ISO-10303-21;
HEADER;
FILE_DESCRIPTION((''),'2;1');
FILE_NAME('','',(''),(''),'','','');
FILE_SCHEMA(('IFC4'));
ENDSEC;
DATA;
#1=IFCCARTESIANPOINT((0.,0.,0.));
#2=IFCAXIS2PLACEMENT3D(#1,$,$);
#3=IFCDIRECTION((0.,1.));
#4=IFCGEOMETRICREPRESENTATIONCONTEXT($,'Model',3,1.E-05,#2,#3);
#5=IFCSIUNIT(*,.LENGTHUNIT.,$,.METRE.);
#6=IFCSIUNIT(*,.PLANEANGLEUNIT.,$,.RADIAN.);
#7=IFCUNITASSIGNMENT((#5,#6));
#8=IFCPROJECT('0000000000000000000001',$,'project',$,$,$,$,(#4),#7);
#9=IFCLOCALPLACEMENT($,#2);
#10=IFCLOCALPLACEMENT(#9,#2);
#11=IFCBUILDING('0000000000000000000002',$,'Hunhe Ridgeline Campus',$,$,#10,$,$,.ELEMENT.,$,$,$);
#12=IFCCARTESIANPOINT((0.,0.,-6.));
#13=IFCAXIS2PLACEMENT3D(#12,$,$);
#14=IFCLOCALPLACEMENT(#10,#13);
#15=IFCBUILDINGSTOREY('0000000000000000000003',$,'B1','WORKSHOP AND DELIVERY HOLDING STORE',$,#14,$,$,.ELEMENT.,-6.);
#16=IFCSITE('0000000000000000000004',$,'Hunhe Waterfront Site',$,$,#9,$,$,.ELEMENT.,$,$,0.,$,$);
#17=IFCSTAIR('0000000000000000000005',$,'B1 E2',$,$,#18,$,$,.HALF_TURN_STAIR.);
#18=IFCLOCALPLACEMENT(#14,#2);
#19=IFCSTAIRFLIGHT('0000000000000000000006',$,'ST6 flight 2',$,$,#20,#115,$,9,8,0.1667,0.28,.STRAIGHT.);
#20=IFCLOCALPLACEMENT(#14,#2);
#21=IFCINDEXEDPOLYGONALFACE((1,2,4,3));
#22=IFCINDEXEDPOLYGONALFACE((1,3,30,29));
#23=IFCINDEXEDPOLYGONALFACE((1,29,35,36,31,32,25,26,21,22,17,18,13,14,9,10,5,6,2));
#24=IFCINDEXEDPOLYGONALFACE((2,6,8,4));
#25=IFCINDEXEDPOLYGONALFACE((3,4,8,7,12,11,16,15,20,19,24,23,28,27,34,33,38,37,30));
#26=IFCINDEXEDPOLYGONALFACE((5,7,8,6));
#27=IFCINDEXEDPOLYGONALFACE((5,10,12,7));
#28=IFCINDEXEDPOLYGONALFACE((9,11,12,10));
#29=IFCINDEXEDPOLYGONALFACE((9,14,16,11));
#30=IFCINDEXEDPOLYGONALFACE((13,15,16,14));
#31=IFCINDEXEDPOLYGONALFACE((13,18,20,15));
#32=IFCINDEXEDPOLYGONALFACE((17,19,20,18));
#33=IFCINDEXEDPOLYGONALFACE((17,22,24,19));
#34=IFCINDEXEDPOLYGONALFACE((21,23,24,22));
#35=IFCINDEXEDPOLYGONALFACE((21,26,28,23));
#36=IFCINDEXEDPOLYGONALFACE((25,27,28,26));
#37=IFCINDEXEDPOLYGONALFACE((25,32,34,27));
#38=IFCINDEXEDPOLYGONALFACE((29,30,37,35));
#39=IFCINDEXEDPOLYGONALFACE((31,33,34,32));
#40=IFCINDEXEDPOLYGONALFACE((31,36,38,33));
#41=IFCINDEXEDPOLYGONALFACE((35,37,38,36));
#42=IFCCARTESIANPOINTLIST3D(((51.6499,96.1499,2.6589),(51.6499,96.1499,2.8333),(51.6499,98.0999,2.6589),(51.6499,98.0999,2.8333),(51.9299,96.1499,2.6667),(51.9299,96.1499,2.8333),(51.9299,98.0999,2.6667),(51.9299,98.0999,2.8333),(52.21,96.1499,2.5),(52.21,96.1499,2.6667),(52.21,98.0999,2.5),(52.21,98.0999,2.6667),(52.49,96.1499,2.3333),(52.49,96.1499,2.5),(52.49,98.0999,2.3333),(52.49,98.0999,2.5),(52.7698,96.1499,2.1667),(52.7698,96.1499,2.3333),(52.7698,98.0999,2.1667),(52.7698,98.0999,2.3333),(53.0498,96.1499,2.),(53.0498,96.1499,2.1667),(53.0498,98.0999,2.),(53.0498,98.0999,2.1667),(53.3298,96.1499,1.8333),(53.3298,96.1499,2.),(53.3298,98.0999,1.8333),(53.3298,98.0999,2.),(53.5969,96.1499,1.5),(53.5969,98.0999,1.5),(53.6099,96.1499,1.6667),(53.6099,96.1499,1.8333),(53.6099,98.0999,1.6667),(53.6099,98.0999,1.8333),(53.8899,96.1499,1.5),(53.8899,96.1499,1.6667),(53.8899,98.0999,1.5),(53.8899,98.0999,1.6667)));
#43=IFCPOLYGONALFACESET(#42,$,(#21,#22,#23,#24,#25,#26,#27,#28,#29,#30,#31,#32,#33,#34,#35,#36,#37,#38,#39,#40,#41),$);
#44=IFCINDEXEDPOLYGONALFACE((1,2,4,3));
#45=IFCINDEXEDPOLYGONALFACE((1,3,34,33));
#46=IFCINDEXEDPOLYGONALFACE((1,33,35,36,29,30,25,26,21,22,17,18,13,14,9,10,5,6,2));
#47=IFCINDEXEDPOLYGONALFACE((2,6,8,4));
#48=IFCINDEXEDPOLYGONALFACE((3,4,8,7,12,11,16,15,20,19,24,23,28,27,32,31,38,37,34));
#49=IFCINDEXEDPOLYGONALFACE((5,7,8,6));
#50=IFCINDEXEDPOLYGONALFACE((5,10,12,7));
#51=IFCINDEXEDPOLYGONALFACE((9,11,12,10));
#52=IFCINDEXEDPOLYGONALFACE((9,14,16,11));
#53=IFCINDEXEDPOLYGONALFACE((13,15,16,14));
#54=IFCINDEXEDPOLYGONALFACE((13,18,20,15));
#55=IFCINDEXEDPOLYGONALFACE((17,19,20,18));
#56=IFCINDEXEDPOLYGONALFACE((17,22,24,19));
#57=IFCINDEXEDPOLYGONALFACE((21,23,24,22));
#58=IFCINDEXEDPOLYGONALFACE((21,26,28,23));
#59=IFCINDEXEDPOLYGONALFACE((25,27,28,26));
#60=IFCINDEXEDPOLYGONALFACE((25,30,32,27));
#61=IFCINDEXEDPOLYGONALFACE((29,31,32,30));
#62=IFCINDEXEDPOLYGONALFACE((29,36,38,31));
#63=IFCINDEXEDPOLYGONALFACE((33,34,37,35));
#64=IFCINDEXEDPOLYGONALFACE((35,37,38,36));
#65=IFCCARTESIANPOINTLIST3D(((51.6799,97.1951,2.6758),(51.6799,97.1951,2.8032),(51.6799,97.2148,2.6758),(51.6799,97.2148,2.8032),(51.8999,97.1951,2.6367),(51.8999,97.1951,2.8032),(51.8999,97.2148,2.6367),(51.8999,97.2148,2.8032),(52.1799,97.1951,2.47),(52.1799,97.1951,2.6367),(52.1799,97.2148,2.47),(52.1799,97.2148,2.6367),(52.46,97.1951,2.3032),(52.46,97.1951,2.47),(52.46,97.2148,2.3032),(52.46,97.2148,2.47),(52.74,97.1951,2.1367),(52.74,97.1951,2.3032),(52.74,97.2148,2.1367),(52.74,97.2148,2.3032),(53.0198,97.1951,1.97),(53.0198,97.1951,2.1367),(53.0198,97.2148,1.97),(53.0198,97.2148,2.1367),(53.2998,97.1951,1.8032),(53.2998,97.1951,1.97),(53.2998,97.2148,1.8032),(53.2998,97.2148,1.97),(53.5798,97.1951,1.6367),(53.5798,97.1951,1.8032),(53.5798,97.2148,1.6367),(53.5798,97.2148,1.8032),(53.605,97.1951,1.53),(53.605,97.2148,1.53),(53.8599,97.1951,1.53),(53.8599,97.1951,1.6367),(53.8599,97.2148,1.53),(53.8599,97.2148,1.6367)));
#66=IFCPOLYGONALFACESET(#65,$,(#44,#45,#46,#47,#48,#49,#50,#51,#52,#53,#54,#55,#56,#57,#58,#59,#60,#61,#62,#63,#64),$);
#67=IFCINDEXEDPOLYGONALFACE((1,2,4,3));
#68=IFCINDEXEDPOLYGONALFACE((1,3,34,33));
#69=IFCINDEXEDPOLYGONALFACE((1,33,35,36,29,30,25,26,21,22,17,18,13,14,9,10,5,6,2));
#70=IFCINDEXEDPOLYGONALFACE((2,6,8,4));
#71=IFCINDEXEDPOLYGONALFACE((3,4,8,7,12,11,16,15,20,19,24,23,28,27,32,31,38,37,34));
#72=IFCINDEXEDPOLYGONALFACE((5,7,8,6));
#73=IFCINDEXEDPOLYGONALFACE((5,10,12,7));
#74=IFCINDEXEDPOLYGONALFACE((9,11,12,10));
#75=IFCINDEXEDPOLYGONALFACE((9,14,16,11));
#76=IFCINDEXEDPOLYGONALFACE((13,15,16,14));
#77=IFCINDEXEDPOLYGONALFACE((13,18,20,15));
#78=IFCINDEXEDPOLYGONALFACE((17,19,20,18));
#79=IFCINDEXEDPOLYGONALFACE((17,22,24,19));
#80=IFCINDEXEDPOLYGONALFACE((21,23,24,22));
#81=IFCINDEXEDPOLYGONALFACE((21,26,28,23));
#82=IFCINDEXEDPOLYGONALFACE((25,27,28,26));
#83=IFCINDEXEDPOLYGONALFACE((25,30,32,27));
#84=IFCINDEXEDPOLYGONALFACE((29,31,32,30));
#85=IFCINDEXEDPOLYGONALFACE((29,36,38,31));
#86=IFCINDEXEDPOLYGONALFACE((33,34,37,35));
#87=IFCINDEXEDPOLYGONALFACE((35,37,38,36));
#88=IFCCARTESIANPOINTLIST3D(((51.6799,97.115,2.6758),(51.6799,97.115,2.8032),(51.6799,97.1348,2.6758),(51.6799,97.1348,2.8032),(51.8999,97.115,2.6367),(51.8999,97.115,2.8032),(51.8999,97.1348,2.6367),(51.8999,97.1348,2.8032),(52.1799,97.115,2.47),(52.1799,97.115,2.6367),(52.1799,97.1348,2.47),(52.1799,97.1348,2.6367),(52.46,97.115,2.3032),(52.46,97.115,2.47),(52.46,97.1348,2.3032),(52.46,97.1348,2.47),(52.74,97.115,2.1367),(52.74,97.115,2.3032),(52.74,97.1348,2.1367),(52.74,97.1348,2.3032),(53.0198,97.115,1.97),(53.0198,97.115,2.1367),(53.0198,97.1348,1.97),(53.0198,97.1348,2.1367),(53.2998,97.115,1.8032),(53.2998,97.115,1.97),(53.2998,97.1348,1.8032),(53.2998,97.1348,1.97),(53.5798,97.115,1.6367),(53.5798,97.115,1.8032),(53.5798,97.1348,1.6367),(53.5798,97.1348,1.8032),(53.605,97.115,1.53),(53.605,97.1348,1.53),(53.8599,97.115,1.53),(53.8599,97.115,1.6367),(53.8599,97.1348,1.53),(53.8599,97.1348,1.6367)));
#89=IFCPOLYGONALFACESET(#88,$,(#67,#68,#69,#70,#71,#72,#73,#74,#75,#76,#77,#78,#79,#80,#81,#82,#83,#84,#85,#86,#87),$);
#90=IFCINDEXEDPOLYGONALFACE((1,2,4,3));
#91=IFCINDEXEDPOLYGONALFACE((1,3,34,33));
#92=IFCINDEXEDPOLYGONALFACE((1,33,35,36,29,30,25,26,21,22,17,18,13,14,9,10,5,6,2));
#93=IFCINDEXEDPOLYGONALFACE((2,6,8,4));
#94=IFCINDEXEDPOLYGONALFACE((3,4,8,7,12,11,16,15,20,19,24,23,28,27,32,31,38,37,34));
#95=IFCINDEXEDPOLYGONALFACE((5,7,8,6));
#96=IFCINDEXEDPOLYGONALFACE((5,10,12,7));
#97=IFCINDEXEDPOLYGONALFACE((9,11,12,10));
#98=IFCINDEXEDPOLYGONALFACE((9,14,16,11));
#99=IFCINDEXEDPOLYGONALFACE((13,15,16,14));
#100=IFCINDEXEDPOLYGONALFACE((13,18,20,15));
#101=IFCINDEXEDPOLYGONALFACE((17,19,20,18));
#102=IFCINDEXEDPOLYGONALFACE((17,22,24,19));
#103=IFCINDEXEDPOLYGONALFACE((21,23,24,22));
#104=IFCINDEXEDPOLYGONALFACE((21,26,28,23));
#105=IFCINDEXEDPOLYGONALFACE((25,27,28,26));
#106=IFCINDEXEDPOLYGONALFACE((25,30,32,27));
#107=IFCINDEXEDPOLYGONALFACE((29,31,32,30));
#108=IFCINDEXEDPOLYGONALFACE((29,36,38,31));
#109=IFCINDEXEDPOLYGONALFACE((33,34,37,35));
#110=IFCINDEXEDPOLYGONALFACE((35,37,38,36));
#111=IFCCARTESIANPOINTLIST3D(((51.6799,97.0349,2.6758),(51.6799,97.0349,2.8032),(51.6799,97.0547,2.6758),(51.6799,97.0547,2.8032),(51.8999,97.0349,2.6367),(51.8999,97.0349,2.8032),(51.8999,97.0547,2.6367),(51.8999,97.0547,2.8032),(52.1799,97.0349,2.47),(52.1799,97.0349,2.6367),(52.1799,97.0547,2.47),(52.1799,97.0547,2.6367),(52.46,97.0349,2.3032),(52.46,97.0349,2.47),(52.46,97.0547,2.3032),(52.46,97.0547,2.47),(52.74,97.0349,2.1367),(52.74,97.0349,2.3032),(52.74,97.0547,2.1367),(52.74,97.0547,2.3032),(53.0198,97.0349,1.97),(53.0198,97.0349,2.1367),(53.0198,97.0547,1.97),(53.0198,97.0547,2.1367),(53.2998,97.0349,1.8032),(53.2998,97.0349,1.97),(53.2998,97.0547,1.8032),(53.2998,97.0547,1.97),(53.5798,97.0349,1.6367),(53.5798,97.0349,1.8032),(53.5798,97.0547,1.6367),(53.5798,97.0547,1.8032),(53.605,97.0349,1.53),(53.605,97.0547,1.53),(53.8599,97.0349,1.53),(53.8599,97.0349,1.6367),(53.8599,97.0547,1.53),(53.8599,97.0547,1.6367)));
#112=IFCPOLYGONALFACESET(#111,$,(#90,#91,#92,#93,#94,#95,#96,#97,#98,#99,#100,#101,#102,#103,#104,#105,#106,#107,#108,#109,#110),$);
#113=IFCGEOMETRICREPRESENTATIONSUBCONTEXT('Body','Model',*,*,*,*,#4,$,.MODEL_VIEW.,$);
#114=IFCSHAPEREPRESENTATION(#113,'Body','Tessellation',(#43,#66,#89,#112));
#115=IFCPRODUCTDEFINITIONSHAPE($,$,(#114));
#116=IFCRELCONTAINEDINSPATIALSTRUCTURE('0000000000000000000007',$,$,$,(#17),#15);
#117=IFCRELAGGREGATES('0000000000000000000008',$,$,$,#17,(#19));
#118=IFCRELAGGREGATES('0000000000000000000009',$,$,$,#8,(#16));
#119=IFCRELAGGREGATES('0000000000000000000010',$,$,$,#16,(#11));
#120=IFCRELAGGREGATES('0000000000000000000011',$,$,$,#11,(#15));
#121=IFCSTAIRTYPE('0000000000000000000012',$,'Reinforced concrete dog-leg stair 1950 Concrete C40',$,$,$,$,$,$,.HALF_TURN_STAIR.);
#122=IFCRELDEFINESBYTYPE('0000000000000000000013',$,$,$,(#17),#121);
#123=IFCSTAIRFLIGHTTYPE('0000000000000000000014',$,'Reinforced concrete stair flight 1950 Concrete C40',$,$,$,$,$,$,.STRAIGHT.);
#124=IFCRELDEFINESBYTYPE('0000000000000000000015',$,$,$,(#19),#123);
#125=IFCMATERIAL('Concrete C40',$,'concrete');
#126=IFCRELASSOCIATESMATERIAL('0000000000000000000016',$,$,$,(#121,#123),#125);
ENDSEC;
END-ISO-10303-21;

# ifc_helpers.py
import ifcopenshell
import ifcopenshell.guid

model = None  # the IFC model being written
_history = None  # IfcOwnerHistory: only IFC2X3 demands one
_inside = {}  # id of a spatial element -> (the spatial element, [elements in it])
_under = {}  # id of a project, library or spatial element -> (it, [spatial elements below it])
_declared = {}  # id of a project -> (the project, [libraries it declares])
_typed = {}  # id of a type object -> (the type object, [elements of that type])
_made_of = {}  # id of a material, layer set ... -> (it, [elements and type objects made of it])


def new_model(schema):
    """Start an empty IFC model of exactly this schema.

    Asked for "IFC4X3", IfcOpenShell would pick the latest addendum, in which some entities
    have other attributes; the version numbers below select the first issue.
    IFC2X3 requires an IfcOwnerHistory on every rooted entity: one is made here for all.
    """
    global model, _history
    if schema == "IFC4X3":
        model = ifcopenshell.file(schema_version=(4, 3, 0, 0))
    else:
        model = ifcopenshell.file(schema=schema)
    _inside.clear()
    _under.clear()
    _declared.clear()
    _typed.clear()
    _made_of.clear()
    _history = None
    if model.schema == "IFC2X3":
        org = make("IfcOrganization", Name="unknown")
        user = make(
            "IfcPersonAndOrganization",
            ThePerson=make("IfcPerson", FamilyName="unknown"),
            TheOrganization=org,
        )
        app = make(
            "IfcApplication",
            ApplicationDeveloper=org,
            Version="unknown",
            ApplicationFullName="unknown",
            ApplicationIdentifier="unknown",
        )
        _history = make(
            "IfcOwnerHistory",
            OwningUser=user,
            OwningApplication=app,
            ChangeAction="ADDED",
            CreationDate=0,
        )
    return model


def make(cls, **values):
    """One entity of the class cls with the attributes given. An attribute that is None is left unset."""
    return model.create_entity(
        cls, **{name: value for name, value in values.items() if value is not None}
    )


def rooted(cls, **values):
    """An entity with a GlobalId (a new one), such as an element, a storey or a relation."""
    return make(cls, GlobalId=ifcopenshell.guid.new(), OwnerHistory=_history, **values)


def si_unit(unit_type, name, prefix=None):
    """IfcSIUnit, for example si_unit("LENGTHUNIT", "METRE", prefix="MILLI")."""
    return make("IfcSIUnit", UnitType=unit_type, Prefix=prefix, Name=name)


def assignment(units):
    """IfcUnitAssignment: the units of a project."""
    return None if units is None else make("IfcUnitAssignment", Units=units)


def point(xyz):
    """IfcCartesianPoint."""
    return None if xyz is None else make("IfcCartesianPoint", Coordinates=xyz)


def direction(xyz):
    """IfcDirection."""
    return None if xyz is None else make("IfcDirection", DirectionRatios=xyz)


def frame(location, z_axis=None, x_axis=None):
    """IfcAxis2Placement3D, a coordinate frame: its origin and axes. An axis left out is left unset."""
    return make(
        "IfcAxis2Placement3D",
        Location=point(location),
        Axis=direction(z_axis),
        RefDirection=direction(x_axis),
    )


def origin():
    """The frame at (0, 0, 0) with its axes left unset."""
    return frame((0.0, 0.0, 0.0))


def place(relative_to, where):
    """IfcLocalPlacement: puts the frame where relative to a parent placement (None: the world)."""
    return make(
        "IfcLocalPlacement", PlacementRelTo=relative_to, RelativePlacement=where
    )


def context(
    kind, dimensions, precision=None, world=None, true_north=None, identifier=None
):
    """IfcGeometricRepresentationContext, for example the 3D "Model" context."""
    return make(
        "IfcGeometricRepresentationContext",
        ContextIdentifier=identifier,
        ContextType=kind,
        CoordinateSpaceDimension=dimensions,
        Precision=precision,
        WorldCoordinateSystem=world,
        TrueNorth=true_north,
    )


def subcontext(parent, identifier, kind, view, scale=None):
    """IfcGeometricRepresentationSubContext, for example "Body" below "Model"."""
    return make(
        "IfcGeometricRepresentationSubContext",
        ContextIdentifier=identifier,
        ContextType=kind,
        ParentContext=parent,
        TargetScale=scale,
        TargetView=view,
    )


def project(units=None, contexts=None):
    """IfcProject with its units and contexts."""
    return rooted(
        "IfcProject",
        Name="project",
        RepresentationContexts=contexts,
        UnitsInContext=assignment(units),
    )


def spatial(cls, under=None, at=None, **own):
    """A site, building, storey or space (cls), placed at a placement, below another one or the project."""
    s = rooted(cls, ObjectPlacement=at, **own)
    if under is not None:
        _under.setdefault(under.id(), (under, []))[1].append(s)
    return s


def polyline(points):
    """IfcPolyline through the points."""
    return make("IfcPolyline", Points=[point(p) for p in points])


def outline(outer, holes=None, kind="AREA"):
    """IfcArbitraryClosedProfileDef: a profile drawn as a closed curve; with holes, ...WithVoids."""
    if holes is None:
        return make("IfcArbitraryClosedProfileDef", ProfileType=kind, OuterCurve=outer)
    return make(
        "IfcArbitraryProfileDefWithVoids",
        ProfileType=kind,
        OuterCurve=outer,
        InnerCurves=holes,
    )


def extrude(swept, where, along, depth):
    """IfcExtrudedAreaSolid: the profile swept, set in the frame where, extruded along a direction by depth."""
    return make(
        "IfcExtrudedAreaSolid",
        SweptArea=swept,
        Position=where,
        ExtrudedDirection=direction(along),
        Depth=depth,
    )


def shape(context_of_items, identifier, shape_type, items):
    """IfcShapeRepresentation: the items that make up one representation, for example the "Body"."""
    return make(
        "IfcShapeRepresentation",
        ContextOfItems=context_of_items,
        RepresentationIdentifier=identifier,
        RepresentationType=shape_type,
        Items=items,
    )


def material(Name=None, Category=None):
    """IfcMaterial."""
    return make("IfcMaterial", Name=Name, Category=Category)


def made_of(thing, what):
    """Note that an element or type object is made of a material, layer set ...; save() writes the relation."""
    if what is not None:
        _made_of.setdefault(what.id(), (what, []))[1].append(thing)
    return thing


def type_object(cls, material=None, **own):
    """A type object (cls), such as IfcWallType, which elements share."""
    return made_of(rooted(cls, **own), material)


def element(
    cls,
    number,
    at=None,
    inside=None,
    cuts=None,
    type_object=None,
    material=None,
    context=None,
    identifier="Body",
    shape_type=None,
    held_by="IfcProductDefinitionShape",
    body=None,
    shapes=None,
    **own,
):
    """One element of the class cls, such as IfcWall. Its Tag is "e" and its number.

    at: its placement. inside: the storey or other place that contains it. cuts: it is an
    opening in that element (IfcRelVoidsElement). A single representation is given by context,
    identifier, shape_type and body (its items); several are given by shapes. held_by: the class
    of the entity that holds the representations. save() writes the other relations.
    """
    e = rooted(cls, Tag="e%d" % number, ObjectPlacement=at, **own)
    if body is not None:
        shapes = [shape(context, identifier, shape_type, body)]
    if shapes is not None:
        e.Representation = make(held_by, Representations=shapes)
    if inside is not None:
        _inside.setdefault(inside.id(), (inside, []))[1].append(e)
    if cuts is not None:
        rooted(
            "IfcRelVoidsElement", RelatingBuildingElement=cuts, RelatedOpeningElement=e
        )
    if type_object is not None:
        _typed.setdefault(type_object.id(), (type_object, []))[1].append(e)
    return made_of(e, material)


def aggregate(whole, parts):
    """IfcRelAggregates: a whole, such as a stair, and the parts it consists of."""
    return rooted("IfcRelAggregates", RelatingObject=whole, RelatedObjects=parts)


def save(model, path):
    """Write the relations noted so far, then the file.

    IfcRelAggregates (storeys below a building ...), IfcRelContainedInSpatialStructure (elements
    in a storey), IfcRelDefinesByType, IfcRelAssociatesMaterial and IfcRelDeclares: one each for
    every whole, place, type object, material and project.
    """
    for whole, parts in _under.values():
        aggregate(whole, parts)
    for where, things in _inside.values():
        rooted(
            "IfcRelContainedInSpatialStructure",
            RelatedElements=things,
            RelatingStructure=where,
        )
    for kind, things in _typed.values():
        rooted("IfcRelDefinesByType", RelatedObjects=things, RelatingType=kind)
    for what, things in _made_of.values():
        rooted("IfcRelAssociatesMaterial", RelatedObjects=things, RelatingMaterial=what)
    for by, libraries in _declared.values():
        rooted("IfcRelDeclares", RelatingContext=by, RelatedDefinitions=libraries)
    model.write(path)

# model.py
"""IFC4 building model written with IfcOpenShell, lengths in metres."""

from ifc_helpers import new_model, si_unit, direction, frame, origin, place, context, subcontext, project, spatial, polyline, outline, extrude, material, type_object, element, aggregate, save


model = new_model("IFC4")

# Units and contexts
model_context = context("Model", 3, precision=1e-05, world=origin(), true_north=direction((0.0, 1.0)))
body_context = subcontext(model_context, "Body", "Model", "MODEL_VIEW")
ifc_project = project(units=[si_unit("LENGTHUNIT", "METRE"), si_unit("PLANEANGLEUNIT", "RADIAN")], contexts=[model_context])

# Site, building, storey
site_placement = place(None, origin())
site = spatial("IfcSite", under=ifc_project, at=site_placement, Name="Hunhe Waterfront Site", CompositionType="ELEMENT", RefElevation=0.0)
building_placement = place(site_placement, origin())
building = spatial("IfcBuilding", under=site, at=building_placement, Name="Hunhe Ridgeline Campus", CompositionType="ELEMENT")
storey_placement = place(building_placement, frame((0.0, 0.0, -6.0)))
storey = spatial("IfcBuildingStorey", under=building, at=storey_placement, Name="B1", Description="WORKSHOP AND DELIVERY HOLDING STORE", CompositionType="ELEMENT", Elevation=-6.0)

# Stair, stair flight
ifc_material_1 = material(Name="Concrete C40", Category="concrete")
stair_type = type_object("IfcStairType", Name="Reinforced concrete dog-leg stair 1950 Concrete C40", PredefinedType="HALF_TURN_STAIR", material=ifc_material_1)
stair_flight_type = type_object("IfcStairFlightType", Name="Reinforced concrete stair flight 1950 Concrete C40", PredefinedType="STRAIGHT", material=ifc_material_1)
stair_1_placement = place(storey_placement, origin())
stair_1 = element("IfcStair", 1, at=stair_1_placement, inside=storey, type_object=stair_type, Name="B1 E2", PredefinedType="HALF_TURN_STAIR")
stair_flight_1_placement = place(storey_placement, frame((53.8899, 97.125, 1.5), z_axis=(0.0, 0.0, 1.0), x_axis=(-1.0, 0.0, 0.0)))
stair_flight_1 = element("IfcStairFlight", 2, at=stair_flight_1_placement, type_object=stair_flight_type, Name="ST6 flight 2", NumberOfRisers=9, NumberOfTreads=8, PredefinedType="STRAIGHT", RiserHeight=0.1667, TreadLength=0.28, context=body_context, shape_type="SweptSolid", body=[
    extrude(outline(polyline([(0.0, 0.0), (0.0, 0.1667), (0.28, 0.1667), (0.28, 0.3333), (0.5601, 0.3333), (0.5601, 0.5), (0.8401, 0.5), (0.8401, 0.6667), (1.1201, 0.6667), (1.1201, 0.8333), (1.3999, 0.8333), (1.3999, 1.0), (1.6799, 1.0), (1.6799, 1.1667), (1.96, 1.1667), (1.96, 1.3333), (2.24, 1.3333), (2.24, 1.5), (2.24, 1.1589), (0.293, 0.0), (0.0, 0.0)])), frame((0.0, 0.9751, 0.0), z_axis=(0.0, -1.0, 0.0), x_axis=(1.0, 0.0, 0.0)), (0.0, 0.0, 1.0), 1.95),
    extrude(outline(polyline([(0.03, 0.03), (0.03, 0.1367), (0.3101, 0.1367), (0.3101, 0.3032), (0.5901, 0.3032), (0.5901, 0.47), (0.8701, 0.47), (0.8701, 0.6367), (1.1499, 0.6367), (1.1499, 0.8032), (1.4299, 0.8032), (1.4299, 0.97), (1.71, 0.97), (1.71, 1.1367), (1.99, 1.1367), (1.99, 1.3032), (2.21, 1.3032), (2.21, 1.1758), (0.2849, 0.03), (0.03, 0.03)])), frame((0.0, -0.0701, 0.0), z_axis=(0.0, -1.0, 0.0), x_axis=(1.0, 0.0, 0.0)), (0.0, 0.0, 1.0), 0.0198),
    extrude(outline(polyline([(0.03, 0.03), (0.03, 0.1367), (0.3101, 0.1367), (0.3101, 0.3032), (0.5901, 0.3032), (0.5901, 0.47), (0.8701, 0.47), (0.8701, 0.6367), (1.1499, 0.6367), (1.1499, 0.8032), (1.4299, 0.8032), (1.4299, 0.97), (1.71, 0.97), (1.71, 1.1367), (1.99, 1.1367), (1.99, 1.3032), (2.21, 1.3032), (2.21, 1.1758), (0.2849, 0.03), (0.03, 0.03)])), frame((0.0, 0.01, 0.0), z_axis=(0.0, -1.0, 0.0), x_axis=(1.0, 0.0, 0.0)), (0.0, 0.0, 1.0), 0.0198),
    extrude(outline(polyline([(0.03, 0.03), (0.03, 0.1367), (0.3101, 0.1367), (0.3101, 0.3032), (0.5901, 0.3032), (0.5901, 0.47), (0.8701, 0.47), (0.8701, 0.6367), (1.1499, 0.6367), (1.1499, 0.8032), (1.4299, 0.8032), (1.4299, 0.97), (1.71, 0.97), (1.71, 1.1367), (1.99, 1.1367), (1.99, 1.3032), (2.21, 1.3032), (2.21, 1.1758), (0.2849, 0.03), (0.03, 0.03)])), frame((0.0, 0.0901, 0.0), z_axis=(0.0, -1.0, 0.0), x_axis=(1.0, 0.0, 0.0)), (0.0, 0.0, 1.0), 0.0198),
])
aggregate(stair_1, [stair_flight_1])

save(model, "model.ifc")
